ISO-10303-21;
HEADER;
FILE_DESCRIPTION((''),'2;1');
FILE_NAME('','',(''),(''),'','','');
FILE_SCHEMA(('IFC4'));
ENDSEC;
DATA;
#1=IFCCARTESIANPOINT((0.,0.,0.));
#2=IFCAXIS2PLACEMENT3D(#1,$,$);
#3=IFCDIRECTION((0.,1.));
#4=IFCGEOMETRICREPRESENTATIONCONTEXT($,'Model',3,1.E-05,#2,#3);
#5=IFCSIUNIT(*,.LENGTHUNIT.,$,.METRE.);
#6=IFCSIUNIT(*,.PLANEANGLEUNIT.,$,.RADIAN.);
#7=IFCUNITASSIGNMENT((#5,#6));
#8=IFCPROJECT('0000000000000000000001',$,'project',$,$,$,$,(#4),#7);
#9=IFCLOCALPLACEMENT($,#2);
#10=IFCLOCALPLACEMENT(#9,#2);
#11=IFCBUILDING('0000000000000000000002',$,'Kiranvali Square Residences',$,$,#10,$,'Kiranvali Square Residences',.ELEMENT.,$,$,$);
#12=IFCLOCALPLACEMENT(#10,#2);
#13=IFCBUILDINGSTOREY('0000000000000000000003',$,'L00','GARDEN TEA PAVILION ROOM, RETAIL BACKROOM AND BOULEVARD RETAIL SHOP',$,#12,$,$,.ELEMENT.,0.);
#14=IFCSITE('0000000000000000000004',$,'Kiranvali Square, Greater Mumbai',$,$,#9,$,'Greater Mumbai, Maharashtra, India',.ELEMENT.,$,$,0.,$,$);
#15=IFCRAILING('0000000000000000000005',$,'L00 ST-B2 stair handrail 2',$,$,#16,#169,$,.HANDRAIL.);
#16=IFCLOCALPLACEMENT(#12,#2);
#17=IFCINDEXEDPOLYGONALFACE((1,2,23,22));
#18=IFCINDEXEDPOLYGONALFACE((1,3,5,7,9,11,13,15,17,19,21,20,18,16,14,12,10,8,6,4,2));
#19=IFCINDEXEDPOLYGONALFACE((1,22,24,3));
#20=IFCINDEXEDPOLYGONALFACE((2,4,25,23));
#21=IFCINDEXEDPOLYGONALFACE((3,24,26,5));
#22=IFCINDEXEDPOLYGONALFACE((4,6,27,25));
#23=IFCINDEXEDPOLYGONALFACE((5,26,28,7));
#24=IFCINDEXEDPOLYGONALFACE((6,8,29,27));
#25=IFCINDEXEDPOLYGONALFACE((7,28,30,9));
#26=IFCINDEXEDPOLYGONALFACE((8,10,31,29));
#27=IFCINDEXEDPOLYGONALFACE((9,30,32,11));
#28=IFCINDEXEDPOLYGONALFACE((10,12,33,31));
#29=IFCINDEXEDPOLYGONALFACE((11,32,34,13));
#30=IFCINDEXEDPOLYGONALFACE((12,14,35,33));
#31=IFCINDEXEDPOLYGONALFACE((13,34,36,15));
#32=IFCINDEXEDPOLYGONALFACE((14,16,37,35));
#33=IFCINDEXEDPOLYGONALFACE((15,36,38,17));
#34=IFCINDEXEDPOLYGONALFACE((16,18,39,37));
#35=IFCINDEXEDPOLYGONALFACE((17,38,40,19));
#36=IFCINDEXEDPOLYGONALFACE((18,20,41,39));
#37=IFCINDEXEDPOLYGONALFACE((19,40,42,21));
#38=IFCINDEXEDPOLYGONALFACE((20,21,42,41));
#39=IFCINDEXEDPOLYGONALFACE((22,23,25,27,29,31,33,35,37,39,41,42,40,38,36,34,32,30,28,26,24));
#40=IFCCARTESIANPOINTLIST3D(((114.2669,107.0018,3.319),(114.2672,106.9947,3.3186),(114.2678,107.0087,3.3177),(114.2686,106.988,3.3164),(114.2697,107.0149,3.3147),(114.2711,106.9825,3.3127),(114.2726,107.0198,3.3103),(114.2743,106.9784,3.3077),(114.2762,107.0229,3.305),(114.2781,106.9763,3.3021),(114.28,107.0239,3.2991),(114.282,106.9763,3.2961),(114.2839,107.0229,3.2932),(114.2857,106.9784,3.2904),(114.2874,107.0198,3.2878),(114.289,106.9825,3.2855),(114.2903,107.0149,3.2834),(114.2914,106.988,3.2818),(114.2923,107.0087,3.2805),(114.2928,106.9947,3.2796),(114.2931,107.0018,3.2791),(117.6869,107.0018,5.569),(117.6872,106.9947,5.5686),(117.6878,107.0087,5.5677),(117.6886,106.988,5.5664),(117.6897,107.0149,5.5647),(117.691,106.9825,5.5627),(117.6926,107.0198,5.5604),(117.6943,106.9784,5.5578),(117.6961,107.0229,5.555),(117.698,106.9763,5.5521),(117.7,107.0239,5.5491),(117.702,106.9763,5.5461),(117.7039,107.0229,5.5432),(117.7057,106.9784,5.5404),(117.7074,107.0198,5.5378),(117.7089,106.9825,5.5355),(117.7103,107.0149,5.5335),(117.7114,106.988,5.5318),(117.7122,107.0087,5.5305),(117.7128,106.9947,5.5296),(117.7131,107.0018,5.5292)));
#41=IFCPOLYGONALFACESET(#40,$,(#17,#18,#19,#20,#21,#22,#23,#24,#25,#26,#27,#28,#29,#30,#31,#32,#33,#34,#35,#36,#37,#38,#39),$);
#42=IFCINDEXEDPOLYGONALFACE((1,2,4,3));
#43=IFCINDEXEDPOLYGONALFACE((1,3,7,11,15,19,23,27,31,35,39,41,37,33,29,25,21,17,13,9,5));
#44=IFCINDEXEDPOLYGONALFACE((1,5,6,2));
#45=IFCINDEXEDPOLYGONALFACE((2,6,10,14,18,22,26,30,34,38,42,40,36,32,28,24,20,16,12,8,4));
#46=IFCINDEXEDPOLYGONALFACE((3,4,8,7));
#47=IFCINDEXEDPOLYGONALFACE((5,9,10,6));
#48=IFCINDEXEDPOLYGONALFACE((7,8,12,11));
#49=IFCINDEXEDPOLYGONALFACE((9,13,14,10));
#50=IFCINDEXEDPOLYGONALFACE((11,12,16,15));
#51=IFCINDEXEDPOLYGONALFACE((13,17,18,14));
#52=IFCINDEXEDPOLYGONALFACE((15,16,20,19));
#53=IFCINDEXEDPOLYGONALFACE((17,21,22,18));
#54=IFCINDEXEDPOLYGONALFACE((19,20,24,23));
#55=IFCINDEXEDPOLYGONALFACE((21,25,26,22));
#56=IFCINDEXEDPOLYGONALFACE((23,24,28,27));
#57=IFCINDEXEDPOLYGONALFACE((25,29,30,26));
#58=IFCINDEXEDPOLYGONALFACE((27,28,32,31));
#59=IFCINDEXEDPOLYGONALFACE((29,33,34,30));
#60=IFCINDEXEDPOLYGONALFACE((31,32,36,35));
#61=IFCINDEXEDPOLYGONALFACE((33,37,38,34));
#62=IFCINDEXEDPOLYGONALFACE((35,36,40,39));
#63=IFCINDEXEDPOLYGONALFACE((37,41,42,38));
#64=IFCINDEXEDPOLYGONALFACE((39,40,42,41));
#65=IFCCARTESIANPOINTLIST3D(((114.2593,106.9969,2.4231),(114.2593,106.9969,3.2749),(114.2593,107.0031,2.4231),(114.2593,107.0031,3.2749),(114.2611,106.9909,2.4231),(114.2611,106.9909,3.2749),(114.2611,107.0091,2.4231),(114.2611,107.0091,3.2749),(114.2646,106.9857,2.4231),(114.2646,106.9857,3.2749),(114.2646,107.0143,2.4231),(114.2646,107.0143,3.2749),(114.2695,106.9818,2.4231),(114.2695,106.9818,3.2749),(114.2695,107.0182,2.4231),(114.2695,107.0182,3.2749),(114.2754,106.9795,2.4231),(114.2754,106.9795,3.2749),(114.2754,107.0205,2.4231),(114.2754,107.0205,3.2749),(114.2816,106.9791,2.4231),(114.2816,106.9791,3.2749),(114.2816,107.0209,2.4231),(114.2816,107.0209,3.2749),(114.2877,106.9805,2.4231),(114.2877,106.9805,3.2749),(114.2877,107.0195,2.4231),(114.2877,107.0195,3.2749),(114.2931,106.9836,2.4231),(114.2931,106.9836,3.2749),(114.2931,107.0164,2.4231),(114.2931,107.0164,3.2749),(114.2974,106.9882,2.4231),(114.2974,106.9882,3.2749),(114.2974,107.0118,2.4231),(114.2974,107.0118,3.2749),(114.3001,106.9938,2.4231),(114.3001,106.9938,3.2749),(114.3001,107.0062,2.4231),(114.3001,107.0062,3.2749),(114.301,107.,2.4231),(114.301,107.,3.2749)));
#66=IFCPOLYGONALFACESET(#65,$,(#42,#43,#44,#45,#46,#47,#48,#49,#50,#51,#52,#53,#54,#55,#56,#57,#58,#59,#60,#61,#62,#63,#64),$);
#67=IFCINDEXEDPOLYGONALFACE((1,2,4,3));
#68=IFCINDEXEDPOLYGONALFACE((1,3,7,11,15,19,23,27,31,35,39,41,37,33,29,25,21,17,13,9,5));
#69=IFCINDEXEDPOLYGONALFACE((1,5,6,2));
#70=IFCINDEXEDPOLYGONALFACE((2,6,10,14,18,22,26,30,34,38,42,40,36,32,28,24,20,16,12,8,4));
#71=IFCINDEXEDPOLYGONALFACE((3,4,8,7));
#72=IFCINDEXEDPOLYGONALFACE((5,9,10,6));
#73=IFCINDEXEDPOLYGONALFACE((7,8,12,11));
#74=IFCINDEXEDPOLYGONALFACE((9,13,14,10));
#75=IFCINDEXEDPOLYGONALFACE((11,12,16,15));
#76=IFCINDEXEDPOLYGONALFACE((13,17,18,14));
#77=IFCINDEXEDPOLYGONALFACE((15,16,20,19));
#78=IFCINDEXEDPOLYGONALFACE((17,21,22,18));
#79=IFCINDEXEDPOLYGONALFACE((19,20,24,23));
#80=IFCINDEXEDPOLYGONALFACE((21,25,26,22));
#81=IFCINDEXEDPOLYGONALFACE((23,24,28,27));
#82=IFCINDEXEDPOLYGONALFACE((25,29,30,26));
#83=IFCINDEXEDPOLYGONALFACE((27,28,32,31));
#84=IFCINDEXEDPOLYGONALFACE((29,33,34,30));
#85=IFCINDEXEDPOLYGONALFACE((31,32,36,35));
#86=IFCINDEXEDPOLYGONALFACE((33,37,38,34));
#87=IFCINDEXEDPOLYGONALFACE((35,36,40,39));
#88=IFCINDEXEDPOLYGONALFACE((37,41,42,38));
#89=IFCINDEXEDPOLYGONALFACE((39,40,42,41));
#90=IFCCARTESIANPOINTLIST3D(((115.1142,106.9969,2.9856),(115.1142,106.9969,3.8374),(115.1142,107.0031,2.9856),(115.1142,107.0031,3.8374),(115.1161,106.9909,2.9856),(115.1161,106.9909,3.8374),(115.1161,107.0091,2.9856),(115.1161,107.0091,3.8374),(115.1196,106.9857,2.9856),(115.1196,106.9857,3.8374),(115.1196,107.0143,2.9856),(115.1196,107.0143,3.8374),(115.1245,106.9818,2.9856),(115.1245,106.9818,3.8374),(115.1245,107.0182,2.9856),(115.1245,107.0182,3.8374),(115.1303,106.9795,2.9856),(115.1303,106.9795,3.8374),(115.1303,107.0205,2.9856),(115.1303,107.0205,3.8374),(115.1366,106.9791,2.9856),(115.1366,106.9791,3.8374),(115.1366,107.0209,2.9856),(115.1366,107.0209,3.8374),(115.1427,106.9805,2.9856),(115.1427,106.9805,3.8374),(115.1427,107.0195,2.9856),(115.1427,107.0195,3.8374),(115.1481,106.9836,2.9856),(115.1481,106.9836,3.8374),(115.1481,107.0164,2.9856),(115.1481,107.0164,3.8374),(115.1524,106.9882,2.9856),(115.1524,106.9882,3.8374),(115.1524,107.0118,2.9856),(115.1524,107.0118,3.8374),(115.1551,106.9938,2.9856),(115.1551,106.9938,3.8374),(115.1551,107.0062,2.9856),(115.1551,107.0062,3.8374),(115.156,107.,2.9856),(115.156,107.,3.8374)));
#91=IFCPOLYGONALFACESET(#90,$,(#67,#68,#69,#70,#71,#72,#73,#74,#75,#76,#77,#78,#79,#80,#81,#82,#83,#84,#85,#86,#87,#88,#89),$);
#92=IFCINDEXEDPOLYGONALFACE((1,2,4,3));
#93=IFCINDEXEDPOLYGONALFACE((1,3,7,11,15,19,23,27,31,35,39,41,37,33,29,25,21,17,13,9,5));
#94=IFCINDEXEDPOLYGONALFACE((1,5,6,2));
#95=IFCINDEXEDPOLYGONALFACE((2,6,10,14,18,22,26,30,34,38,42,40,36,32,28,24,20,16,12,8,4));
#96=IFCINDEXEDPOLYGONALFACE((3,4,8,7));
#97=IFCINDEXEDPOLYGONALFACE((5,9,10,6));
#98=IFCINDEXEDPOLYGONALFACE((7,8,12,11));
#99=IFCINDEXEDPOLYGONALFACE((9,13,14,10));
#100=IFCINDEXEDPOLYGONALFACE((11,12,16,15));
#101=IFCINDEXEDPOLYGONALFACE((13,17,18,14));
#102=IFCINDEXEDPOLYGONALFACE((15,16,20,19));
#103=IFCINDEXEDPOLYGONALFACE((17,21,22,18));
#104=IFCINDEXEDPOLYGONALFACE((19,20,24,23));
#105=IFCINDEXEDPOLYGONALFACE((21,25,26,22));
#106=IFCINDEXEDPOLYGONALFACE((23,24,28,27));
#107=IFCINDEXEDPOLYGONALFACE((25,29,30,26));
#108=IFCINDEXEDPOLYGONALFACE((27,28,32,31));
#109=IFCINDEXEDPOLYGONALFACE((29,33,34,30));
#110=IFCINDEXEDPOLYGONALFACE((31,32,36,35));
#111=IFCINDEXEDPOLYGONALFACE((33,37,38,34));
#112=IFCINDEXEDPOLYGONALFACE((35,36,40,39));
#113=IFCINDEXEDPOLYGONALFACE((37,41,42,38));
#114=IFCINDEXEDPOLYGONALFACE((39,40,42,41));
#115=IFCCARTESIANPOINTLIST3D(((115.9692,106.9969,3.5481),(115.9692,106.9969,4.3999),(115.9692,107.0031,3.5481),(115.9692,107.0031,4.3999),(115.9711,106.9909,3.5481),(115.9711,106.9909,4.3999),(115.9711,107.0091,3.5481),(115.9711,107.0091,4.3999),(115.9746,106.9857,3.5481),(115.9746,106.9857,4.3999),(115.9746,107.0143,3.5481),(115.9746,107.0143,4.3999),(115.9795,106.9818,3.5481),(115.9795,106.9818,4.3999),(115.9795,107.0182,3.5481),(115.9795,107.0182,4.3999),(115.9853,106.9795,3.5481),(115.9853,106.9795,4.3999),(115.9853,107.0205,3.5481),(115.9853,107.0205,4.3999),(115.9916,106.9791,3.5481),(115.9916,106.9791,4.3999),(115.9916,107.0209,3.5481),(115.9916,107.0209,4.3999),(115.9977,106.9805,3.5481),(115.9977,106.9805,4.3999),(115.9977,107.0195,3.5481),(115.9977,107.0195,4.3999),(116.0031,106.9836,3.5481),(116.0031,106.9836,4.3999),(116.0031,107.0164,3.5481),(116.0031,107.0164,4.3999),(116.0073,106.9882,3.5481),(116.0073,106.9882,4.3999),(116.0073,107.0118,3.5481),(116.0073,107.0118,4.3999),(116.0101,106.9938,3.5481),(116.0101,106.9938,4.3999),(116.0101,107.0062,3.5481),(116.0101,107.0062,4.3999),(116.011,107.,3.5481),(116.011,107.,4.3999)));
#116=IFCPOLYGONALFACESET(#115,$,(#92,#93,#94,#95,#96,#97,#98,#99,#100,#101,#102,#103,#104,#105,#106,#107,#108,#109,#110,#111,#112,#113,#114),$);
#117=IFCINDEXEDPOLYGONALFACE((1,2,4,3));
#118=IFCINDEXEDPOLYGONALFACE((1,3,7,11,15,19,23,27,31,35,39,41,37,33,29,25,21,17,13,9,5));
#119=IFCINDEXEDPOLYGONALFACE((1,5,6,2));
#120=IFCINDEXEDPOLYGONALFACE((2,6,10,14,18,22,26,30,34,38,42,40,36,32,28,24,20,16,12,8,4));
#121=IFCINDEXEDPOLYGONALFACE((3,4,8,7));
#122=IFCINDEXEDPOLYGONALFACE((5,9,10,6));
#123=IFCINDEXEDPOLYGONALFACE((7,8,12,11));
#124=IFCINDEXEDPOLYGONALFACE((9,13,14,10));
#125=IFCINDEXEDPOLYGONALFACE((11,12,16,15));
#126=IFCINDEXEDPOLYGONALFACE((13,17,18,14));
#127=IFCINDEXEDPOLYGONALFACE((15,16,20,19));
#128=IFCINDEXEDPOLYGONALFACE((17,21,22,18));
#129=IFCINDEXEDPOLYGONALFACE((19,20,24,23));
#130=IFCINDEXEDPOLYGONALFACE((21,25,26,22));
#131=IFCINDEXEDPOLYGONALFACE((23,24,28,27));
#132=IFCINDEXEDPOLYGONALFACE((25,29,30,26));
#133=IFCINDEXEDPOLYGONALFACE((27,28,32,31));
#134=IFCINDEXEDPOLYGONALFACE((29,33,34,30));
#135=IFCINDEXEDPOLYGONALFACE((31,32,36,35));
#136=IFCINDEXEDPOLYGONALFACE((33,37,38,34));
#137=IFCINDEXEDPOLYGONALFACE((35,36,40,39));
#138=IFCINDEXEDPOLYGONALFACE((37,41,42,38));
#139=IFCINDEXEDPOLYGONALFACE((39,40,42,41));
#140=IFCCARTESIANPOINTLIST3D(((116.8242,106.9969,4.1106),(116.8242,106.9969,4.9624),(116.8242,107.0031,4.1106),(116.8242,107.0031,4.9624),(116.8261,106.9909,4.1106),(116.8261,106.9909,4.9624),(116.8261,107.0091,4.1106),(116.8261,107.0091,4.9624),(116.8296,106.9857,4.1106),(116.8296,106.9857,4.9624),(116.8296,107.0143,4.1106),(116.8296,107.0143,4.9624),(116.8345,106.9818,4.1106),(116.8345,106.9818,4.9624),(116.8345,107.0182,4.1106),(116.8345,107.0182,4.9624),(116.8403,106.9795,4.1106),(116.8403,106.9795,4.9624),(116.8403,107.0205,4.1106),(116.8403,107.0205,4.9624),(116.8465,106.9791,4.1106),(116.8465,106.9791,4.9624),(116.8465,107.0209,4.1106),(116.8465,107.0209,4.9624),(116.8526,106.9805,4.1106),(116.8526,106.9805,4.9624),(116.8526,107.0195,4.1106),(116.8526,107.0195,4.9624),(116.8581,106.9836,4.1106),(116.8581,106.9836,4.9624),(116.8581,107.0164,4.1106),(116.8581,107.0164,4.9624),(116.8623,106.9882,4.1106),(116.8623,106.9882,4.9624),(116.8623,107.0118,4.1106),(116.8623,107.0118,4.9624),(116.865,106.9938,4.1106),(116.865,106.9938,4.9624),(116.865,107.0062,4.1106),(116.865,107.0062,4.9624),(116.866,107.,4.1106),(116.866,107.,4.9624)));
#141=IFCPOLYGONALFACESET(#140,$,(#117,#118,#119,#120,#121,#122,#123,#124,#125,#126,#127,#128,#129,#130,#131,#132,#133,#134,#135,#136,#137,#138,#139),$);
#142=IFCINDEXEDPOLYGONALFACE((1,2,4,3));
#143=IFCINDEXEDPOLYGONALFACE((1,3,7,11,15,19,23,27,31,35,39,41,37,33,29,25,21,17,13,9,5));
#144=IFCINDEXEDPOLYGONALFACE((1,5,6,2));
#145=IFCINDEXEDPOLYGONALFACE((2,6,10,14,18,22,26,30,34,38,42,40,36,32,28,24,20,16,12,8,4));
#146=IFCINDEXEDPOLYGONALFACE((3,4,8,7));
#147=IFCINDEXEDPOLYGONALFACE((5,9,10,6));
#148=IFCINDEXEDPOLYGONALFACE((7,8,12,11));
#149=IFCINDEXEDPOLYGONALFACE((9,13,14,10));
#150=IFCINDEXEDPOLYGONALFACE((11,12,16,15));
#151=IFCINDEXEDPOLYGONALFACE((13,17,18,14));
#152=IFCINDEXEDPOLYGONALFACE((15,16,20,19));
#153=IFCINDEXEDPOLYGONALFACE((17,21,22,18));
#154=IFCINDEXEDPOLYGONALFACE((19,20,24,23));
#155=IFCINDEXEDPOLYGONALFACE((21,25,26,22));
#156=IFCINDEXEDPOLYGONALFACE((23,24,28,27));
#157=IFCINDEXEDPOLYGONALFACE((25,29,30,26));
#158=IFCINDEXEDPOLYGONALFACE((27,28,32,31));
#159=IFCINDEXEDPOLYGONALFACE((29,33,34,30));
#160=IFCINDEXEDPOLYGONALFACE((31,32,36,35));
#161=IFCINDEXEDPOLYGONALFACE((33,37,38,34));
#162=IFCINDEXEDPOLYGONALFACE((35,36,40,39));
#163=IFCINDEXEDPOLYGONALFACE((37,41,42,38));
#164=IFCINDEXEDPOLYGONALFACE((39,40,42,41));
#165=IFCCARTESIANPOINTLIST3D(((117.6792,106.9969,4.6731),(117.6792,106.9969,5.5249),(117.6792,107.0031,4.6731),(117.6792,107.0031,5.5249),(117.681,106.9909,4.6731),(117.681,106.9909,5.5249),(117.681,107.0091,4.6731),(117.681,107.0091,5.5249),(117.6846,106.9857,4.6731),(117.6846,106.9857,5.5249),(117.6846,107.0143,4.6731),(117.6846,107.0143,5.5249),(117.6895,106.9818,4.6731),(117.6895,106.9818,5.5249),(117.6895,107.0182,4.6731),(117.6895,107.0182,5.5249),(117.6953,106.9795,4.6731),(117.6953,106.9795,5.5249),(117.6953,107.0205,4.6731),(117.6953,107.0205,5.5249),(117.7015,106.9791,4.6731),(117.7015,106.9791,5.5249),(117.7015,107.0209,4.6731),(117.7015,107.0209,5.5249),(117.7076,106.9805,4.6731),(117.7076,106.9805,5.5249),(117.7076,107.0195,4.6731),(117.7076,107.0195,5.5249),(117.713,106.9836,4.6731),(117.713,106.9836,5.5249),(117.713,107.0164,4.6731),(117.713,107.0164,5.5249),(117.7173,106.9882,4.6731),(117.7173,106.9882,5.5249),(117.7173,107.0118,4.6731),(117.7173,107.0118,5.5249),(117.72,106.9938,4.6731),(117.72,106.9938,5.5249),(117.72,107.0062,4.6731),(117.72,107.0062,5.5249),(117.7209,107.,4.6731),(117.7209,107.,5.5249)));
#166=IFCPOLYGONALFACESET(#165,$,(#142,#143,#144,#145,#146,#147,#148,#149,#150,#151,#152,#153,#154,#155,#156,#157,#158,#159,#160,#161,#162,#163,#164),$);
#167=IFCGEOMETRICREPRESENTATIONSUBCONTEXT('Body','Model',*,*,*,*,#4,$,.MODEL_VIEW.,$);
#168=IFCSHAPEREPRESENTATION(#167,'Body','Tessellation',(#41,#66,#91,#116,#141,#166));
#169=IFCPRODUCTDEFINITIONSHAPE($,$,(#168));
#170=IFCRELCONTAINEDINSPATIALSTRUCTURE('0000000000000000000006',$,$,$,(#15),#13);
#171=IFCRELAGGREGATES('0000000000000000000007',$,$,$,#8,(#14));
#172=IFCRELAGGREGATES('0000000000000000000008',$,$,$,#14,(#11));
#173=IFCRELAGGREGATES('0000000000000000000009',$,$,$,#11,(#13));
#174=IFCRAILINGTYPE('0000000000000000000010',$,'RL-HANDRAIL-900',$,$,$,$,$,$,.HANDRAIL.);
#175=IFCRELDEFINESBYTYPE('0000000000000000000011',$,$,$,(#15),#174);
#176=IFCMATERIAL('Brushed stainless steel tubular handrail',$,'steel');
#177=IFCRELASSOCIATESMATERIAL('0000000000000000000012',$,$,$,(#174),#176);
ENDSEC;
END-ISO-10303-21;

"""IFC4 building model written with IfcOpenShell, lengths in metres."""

from ifc_helpers import new_model, si_unit, direction, frame, origin, origin_2d, place, context, subcontext, project, spatial, circle, extrude, material, type_object, element, save


model = new_model("IFC4")

# Units and contexts
model_context = context("Model", 3, precision=1e-05, world=origin(), true_north=direction((0.0, 1.0)))
body_context = subcontext(model_context, "Body", "Model", "MODEL_VIEW")
ifc_project = project(units=[si_unit("LENGTHUNIT", "METRE"), si_unit("PLANEANGLEUNIT", "RADIAN")], contexts=[model_context])

# Site, building, storey
site_placement = place(None, origin())
site = spatial("IfcSite", under=ifc_project, at=site_placement, Name="Kiranvali Square, Greater Mumbai", LongName="Greater Mumbai, Maharashtra, India", CompositionType="ELEMENT", RefElevation=0.0)
building_placement = place(site_placement, origin())
building = spatial("IfcBuilding", under=site, at=building_placement, Name="Kiranvali Square Residences", LongName="Kiranvali Square Residences", CompositionType="ELEMENT")
storey_placement = place(building_placement, origin())
storey = spatial("IfcBuildingStorey", under=building, at=storey_placement, Name="L00", Description="GARDEN TEA PAVILION ROOM, RETAIL BACKROOM AND BOULEVARD RETAIL SHOP", CompositionType="ELEMENT", Elevation=0.0)

# Railing
ifc_material_1 = material(Name="Brushed stainless steel tubular handrail", Category="steel")
railing_type_1 = type_object("IfcRailingType", Name="RL-HANDRAIL-900", PredefinedType="HANDRAIL", material=ifc_material_1)
railing_1_placement = place(storey_placement, frame((114.28, 107.0, 2.4231)))
element("IfcRailing", 1, at=railing_1_placement, inside=storey, type_object=railing_type_1, Name="L00 ST-B2 stair handrail 2", PredefinedType="HANDRAIL", context=body_context, shape_type="SweptSolid", body=[
    extrude(circle(Radius=0.0239, at=origin_2d()), frame((0.0, 0.0, 0.876), z_axis=(0.835411, 0.0, 0.549625), x_axis=(0.0, 1.0, 0.0)), (0.0, 0.0, 1.0), 4.0938),
    extrude(circle(Radius=0.021, at=origin_2d()), origin(), (0.0, 0.0, 1.0), 0.8518),
    extrude(circle(Radius=0.021, at=origin_2d()), frame((0.855, 0.0, 0.5625)), (0.0, 0.0, 1.0), 0.8518),
    extrude(circle(Radius=0.021, at=origin_2d()), frame((1.71, 0.0, 1.125)), (0.0, 0.0, 1.0), 0.8518),
    extrude(circle(Radius=0.021, at=origin_2d()), frame((2.5649, 0.0, 1.6875)), (0.0, 0.0, 1.0), 0.8518),
    extrude(circle(Radius=0.021, at=origin_2d()), frame((3.4199, 0.0, 2.25)), (0.0, 0.0, 1.0), 0.8518),
])

save(model, "model.ifc")
